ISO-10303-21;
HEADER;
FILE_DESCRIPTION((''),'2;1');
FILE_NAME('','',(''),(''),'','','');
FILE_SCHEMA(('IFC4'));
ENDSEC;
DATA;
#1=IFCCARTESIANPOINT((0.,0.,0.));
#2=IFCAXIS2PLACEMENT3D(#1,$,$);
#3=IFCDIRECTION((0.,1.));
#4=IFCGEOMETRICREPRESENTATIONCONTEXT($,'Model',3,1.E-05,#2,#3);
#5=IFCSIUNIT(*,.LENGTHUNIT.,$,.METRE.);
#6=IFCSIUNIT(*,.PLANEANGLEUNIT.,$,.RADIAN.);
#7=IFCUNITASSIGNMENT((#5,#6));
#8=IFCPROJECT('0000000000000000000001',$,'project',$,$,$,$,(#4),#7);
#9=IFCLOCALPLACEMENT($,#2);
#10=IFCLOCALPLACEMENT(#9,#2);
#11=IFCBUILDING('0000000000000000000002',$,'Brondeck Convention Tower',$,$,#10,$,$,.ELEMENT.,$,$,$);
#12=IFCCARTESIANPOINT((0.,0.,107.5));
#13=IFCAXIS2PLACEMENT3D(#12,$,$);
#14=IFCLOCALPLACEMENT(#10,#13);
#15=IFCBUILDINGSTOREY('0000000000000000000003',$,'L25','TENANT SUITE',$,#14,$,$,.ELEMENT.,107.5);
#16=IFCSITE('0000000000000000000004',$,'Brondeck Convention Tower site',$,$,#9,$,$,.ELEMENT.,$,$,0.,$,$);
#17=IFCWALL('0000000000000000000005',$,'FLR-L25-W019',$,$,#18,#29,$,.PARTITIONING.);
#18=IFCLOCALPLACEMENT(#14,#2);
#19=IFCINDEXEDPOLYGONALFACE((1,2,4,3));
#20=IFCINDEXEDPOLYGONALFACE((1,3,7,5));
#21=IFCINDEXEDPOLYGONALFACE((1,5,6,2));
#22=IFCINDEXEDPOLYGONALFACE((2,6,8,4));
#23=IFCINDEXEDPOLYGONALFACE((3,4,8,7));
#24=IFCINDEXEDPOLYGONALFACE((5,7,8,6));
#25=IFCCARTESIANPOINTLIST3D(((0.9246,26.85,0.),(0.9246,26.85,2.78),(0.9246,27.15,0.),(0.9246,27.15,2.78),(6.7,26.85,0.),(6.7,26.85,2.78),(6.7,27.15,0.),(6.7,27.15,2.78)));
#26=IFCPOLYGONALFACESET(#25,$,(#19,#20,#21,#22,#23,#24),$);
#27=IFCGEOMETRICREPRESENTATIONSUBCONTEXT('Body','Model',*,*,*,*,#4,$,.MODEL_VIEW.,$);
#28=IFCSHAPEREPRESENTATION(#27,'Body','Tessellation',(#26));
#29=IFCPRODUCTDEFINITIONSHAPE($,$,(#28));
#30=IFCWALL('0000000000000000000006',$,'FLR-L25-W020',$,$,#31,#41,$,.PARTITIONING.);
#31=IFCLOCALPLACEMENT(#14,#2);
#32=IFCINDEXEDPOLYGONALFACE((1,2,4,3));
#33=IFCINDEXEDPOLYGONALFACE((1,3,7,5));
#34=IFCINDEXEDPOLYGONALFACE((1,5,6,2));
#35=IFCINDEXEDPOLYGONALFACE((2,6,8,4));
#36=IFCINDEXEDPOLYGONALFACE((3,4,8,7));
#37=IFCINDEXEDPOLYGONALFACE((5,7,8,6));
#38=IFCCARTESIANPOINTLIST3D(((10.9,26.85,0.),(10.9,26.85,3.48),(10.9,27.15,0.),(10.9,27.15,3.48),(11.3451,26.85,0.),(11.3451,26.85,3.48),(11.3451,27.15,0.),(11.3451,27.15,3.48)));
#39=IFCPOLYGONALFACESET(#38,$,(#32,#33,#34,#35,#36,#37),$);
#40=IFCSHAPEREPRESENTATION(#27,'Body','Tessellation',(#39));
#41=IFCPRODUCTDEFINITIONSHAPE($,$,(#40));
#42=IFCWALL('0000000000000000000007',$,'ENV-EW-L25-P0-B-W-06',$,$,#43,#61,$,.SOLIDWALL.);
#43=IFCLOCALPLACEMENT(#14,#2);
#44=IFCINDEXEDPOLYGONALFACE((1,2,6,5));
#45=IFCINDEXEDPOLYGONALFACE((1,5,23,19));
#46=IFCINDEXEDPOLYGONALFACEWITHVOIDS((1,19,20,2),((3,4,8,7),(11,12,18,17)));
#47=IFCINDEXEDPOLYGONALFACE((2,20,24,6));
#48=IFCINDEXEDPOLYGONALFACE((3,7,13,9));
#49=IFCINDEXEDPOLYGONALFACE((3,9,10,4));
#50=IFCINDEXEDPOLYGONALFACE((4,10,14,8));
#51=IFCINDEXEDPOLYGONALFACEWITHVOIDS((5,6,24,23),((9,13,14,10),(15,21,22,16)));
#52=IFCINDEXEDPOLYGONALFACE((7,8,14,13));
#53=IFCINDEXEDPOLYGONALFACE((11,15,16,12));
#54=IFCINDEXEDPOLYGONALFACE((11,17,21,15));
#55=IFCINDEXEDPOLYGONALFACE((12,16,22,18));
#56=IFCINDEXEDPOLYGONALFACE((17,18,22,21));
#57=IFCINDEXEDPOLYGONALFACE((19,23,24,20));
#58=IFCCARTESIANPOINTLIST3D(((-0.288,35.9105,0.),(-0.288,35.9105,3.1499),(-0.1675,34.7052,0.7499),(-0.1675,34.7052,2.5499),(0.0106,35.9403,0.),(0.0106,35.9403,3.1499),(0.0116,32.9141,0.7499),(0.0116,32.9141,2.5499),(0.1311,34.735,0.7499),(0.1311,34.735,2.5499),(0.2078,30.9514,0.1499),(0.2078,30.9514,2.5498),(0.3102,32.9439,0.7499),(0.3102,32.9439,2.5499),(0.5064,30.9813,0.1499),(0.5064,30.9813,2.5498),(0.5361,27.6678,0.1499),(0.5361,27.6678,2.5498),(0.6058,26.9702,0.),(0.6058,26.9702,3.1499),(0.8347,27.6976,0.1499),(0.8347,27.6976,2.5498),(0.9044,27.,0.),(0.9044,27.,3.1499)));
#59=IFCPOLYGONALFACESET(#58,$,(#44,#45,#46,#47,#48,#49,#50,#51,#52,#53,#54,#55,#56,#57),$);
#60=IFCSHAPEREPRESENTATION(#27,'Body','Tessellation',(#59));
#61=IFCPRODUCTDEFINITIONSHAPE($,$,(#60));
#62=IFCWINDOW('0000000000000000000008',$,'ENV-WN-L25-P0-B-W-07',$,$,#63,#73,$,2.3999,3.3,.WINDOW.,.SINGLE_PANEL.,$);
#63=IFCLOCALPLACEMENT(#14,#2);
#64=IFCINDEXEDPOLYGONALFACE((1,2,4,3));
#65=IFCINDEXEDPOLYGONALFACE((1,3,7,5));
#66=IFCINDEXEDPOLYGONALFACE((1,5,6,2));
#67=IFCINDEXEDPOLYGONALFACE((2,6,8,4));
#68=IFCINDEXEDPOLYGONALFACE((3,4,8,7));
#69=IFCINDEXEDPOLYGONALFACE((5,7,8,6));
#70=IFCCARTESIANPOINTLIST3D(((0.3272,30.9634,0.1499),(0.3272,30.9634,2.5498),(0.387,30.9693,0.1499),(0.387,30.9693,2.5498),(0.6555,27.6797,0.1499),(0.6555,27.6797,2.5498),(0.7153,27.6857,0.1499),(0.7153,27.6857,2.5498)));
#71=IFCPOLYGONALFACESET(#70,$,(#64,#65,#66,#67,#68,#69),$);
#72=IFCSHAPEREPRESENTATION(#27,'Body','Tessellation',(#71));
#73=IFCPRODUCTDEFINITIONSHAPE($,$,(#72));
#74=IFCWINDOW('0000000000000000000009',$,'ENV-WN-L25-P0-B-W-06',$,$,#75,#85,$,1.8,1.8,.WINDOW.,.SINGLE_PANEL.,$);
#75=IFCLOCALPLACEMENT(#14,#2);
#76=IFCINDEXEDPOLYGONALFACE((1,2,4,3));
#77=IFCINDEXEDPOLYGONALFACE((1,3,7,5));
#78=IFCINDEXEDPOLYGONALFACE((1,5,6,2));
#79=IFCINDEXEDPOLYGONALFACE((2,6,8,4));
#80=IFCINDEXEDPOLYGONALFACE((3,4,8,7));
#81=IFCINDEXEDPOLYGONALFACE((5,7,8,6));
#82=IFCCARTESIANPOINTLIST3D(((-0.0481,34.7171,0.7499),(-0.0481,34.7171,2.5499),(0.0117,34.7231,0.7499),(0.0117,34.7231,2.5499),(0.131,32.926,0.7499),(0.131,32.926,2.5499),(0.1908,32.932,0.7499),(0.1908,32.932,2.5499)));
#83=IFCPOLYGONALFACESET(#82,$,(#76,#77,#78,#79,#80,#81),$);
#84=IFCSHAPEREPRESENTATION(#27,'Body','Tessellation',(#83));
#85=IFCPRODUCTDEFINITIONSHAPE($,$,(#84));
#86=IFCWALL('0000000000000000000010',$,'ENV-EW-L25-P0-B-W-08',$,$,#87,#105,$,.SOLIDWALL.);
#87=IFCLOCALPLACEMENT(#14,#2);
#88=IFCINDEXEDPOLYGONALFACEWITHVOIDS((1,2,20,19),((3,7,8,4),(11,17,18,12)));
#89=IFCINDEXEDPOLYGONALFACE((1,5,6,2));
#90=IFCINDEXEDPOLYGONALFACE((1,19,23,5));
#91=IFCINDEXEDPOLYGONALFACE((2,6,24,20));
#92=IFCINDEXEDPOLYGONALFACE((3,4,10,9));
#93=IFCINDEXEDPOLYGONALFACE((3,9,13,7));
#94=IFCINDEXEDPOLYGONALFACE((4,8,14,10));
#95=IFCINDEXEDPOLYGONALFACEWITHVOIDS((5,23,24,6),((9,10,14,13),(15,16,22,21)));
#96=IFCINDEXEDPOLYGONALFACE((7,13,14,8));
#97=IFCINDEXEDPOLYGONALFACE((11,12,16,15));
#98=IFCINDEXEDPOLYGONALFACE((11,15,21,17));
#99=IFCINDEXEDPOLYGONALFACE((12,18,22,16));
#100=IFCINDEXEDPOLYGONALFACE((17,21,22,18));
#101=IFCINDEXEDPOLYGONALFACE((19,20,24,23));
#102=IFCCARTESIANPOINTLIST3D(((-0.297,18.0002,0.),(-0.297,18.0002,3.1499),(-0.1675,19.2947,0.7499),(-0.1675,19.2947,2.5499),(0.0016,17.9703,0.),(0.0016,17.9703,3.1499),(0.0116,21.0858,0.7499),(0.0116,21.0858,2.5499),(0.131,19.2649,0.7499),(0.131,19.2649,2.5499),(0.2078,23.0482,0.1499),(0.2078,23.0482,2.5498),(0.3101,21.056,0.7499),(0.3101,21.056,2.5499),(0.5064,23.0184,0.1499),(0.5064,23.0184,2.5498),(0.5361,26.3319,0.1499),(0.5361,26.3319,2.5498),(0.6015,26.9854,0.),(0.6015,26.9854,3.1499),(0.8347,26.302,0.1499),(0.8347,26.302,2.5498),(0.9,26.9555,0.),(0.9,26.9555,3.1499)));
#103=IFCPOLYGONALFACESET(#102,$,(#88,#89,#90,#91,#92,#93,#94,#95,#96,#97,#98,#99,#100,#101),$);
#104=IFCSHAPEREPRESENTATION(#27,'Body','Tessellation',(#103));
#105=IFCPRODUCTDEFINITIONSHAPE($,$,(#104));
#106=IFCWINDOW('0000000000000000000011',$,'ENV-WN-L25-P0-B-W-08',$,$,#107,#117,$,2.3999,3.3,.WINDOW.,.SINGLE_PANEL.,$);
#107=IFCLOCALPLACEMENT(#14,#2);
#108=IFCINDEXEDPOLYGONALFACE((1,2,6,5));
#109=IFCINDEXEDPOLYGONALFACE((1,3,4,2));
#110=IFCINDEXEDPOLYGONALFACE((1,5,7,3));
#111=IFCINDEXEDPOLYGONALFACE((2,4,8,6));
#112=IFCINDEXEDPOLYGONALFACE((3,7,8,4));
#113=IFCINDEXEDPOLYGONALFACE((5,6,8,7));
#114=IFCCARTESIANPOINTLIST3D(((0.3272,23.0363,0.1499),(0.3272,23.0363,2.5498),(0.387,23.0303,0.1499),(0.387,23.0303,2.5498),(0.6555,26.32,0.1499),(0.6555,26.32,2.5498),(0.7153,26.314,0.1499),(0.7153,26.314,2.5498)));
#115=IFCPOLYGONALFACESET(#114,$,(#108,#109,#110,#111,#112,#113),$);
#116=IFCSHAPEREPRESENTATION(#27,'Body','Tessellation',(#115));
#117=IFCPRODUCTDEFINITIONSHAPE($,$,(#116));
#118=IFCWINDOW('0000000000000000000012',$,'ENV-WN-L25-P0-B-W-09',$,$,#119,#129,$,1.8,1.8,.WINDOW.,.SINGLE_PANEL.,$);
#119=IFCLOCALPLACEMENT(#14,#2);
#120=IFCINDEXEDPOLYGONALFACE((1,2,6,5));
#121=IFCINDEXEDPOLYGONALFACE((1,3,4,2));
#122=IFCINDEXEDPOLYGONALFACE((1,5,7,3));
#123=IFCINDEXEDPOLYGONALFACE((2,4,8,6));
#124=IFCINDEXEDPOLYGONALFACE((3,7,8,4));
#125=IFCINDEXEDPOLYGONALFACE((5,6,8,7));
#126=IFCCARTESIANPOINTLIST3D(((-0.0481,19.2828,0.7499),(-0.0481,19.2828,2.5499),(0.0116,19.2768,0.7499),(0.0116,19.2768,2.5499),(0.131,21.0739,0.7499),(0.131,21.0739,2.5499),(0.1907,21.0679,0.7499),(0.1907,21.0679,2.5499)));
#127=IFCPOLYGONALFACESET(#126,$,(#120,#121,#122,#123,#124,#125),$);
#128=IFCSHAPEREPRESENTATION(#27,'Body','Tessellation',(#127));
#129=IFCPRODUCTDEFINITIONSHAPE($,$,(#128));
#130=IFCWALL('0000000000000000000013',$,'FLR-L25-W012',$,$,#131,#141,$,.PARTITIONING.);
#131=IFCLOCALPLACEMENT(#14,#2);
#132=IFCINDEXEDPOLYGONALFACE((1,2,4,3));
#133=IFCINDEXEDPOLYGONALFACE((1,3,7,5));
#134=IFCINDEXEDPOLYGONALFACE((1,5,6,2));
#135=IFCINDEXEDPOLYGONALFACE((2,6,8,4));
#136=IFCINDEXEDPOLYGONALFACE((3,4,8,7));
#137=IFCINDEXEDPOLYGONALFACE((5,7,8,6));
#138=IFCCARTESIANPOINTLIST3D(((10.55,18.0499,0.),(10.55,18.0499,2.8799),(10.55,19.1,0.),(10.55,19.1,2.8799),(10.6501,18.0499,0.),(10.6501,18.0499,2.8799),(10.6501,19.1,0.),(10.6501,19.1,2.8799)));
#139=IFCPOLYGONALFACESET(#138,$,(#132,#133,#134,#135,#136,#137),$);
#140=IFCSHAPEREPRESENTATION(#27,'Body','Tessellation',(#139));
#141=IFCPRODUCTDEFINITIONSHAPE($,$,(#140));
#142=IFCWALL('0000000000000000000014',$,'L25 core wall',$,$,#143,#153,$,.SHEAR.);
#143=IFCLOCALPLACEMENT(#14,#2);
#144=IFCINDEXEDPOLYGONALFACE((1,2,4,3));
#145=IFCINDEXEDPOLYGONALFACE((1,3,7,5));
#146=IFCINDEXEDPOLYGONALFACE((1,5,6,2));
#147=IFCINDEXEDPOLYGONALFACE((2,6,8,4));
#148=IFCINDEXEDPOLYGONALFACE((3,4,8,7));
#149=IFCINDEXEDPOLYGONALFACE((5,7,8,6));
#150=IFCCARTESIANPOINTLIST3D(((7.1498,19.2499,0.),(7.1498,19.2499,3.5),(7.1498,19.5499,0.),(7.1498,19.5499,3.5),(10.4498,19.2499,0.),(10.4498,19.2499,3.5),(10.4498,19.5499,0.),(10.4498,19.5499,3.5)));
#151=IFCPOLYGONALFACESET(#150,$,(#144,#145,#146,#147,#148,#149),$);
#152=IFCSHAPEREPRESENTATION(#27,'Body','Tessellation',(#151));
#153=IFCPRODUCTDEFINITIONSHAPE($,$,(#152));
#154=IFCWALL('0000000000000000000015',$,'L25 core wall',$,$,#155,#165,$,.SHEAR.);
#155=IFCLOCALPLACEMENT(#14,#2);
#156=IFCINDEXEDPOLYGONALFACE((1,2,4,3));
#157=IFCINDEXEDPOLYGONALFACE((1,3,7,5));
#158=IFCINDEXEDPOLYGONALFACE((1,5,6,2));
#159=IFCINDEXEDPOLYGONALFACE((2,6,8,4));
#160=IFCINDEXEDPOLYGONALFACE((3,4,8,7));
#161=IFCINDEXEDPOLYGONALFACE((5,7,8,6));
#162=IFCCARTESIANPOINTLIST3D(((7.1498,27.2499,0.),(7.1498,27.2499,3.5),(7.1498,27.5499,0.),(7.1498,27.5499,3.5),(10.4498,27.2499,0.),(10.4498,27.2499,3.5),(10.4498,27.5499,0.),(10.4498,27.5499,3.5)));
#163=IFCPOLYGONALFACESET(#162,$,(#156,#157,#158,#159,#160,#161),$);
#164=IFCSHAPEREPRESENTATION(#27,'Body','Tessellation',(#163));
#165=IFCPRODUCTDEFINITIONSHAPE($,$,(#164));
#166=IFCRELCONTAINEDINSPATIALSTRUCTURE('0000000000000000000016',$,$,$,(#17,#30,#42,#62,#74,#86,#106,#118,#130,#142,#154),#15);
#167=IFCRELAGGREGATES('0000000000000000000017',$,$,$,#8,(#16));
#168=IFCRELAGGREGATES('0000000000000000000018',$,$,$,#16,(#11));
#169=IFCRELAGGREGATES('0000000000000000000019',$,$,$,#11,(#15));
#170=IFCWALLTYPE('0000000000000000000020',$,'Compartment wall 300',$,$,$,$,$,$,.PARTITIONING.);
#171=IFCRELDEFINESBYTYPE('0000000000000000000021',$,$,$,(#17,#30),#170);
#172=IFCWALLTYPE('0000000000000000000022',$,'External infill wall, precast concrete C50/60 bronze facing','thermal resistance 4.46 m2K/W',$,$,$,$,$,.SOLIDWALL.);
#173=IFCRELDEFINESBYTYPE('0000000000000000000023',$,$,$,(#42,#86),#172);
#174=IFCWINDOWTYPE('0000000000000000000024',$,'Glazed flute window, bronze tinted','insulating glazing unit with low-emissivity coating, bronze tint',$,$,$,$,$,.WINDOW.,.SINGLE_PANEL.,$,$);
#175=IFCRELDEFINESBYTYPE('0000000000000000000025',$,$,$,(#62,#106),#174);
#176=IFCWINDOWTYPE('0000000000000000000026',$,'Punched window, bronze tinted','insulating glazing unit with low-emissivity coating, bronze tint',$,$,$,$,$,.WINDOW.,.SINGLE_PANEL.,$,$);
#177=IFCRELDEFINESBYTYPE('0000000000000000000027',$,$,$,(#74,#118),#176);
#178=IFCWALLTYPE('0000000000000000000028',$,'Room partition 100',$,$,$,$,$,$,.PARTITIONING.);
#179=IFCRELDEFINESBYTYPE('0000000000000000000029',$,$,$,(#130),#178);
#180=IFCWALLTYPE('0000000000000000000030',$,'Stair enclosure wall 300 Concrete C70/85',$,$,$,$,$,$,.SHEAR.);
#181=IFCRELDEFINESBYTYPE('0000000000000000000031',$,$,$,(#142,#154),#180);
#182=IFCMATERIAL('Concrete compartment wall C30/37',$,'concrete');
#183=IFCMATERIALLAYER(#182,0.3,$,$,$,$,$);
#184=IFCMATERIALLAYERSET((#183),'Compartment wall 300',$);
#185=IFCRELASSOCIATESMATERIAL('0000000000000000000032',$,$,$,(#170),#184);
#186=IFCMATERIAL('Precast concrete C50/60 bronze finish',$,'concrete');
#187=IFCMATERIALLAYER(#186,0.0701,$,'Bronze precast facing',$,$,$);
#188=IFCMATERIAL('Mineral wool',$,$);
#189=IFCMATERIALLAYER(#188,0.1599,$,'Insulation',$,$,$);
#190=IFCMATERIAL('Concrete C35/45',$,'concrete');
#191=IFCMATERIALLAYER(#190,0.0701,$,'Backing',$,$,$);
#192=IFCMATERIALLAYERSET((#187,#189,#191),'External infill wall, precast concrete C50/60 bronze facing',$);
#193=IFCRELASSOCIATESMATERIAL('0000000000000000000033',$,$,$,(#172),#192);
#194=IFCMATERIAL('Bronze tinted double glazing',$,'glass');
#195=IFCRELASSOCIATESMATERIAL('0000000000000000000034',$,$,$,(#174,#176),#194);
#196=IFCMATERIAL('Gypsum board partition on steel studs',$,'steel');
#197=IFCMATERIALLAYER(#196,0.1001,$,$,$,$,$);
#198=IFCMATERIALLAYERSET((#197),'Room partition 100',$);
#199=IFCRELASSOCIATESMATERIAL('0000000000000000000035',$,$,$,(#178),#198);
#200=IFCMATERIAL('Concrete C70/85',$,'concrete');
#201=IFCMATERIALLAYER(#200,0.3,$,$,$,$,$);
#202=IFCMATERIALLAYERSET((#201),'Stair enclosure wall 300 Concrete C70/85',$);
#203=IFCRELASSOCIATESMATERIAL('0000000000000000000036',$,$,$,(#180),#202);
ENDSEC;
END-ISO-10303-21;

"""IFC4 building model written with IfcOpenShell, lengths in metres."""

from ifc_helpers import new_model, si_unit, direction, frame, frame_2d, origin, place, context, subcontext, project, spatial, rectangle, extrude, material, layer, layer_set, type_object, element, fill, save


model = new_model("IFC4")

# Units and contexts
model_context = context("Model", 3, precision=1e-05, world=origin(), true_north=direction((0.0, 1.0)))
body_context = subcontext(model_context, "Body", "Model", "MODEL_VIEW")
ifc_project = project(units=[si_unit("LENGTHUNIT", "METRE"), si_unit("PLANEANGLEUNIT", "RADIAN")], contexts=[model_context])

# Site, building, storey
site_placement = place(None, origin())
site = spatial("IfcSite", under=ifc_project, at=site_placement, Name="Brondeck Convention Tower site", CompositionType="ELEMENT", RefElevation=0.0)
building_placement = place(site_placement, origin())
building = spatial("IfcBuilding", under=site, at=building_placement, Name="Brondeck Convention Tower", CompositionType="ELEMENT")
storey_placement = place(building_placement, frame((0.0, 0.0, 107.5)))
storey = spatial("IfcBuildingStorey", under=building, at=storey_placement, Name="L25", Description="TENANT SUITE", CompositionType="ELEMENT", Elevation=107.5)

# Shared definitions
ifc_material_1 = material(Name="Concrete C70/85", Category="concrete")

# Walls
ifc_material_2 = material(Name="Concrete compartment wall C30/37", Category="concrete")
ifc_layer_1 = layer(ifc_material_2, 0.3)
ifc_layer_set_1 = layer_set([ifc_layer_1], Name="Compartment wall 300")
wall_type_1 = type_object("IfcWallType", Name="Compartment wall 300", PredefinedType="PARTITIONING", material=ifc_layer_set_1)
wall_1_placement = place(storey_placement, frame((0.9246, 27.0, 0.0), z_axis=(0.0, 0.0, 1.0), x_axis=(1.0, 0.0, 0.0)))
element("IfcWall", 1, at=wall_1_placement, inside=storey, type_object=wall_type_1, Name="FLR-L25-W019", PredefinedType="PARTITIONING", context=body_context, shape_type="SweptSolid", body=[
    extrude(rectangle(XDim=5.7754, YDim=0.3, at=frame_2d((2.8877, 0.0))), origin(), (0.0, 0.0, 1.0), 2.78),
])
wall_2_placement = place(storey_placement, frame((10.8999, 27.0, 0.0), z_axis=(0.0, 0.0, 1.0), x_axis=(1.0, 0.0, 0.0)))
element("IfcWall", 2, at=wall_2_placement, inside=storey, type_object=wall_type_1, Name="FLR-L25-W020", PredefinedType="PARTITIONING", context=body_context, shape_type="SweptSolid", body=[
    extrude(rectangle(XDim=0.4451, YDim=0.3, at=frame_2d((0.2227, 0.0))), origin(), (0.0, 0.0, 1.0), 3.48),
])

# Walls, openings, windows
ifc_material_3 = material(Name="Precast concrete C50/60 bronze finish", Category="concrete")
ifc_layer_2 = layer(ifc_material_3, 0.0701, Name="Bronze precast facing")
ifc_material_4 = material(Name="Mineral wool")
ifc_layer_3 = layer(ifc_material_4, 0.1599, Name="Insulation")
ifc_material_5 = material(Name="Concrete C35/45", Category="concrete")
ifc_layer_4 = layer(ifc_material_5, 0.0701, Name="Backing")
ifc_layer_set_2 = layer_set([ifc_layer_2, ifc_layer_3, ifc_layer_4], Name="External infill wall, precast concrete C50/60 bronze facing")
wall_type_2 = type_object("IfcWallType", Name="External infill wall, precast concrete C50/60 bronze facing", Description="thermal resistance 4.46 m2K/W", PredefinedType="SOLIDWALL", material=ifc_layer_set_2)
wall_3_placement = place(storey_placement, frame((0.7551, 26.9851, 0.0), z_axis=(0.0, 0.0, 1.0), x_axis=(-0.09948, 0.99504, 0.0)))
wall_3 = element("IfcWall", 3, at=wall_3_placement, inside=storey, type_object=wall_type_2, Name="ENV-EW-L25-P0-B-W-06", PredefinedType="SOLIDWALL", context=body_context, shape_type="SweptSolid", body=[
    extrude(rectangle(XDim=8.9849, YDim=0.3, at=frame_2d((4.4924, 0.0))), origin(), (0.0, 0.0, 1.0), 3.1499),
])
opening_1_placement = place(wall_3_placement, frame((0.7012, 0.0, 0.1499)))
opening_1 = element("IfcOpeningElement", 4, at=opening_1_placement, cuts=wall_3, PredefinedType="OPENING", context=body_context, shape_type="SweptSolid", body=[
    extrude(rectangle(XDim=3.3, YDim=2.3999, at=frame_2d((1.6499, 1.2))), frame((0.0, 0.1599, 0.0), z_axis=(0.0, -1.0, 0.0), x_axis=(1.0, 0.0, 0.0)), (0.0, 0.0, 1.0), 0.3201),
])
opening_2_placement = place(wall_3_placement, frame((5.9736, 0.0, 0.75)))
opening_2 = element("IfcOpeningElement", 5, at=opening_2_placement, cuts=wall_3, PredefinedType="OPENING", context=body_context, shape_type="SweptSolid", body=[
    extrude(rectangle(XDim=1.8, YDim=1.8, at=frame_2d((0.8999, 0.8999))), frame((0.0, 0.1599, 0.0), z_axis=(0.0, -1.0, 0.0), x_axis=(1.0, 0.0, 0.0)), (0.0, 0.0, 1.0), 0.3201),
])
ifc_material_6 = material(Name="Bronze tinted double glazing", Category="glass")
window_type_1 = type_object("IfcWindowType", Name="Glazed flute window, bronze tinted", Description="insulating glazing unit with low-emissivity coating, bronze tint", PartitioningType="SINGLE_PANEL", PredefinedType="WINDOW", material=ifc_material_6)
window_1_placement = place(opening_1_placement, origin())
window_1 = element("IfcWindow", 6, at=window_1_placement, inside=storey, type_object=window_type_1, Name="ENV-WN-L25-P0-B-W-07", OverallHeight=2.3999, OverallWidth=3.3, PartitioningType="SINGLE_PANEL", PredefinedType="WINDOW", context=body_context, shape_type="SweptSolid", body=[
    extrude(rectangle(XDim=3.3, YDim=2.3999, at=frame_2d((1.6499, 1.2))), frame((0.0, 0.03, 0.0), z_axis=(0.0, -1.0, 0.0), x_axis=(1.0, 0.0, 0.0)), (0.0, 0.0, 1.0), 0.0601),
])
fill(opening_1, window_1)
window_type_2 = type_object("IfcWindowType", Name="Punched window, bronze tinted", Description="insulating glazing unit with low-emissivity coating, bronze tint", PartitioningType="SINGLE_PANEL", PredefinedType="WINDOW", material=ifc_material_6)
window_2_placement = place(opening_2_placement, origin())
window_2 = element("IfcWindow", 7, at=window_2_placement, inside=storey, type_object=window_type_2, Name="ENV-WN-L25-P0-B-W-06", OverallHeight=1.8, OverallWidth=1.8, PartitioningType="SINGLE_PANEL", PredefinedType="WINDOW", context=body_context, shape_type="SweptSolid", body=[
    extrude(rectangle(XDim=1.8, YDim=1.8, at=frame_2d((0.8999, 0.8999))), frame((0.0, 0.03, 0.0), z_axis=(0.0, -1.0, 0.0), x_axis=(1.0, 0.0, 0.0)), (0.0, 0.0, 1.0), 0.0601),
])
fill(opening_2, window_2)
wall_4_placement = place(storey_placement, frame((-0.1477, 17.9851, 0.0), z_axis=(0.0, 0.0, 1.0), x_axis=(0.099496, 0.995038, 0.0)))
wall_4 = element("IfcWall", 8, at=wall_4_placement, inside=storey, type_object=wall_type_2, Name="ENV-EW-L25-P0-B-W-08", PredefinedType="SOLIDWALL", context=body_context, shape_type="SweptSolid", body=[
    extrude(rectangle(XDim=9.03, YDim=0.3, at=frame_2d((4.5151, 0.0))), origin(), (0.0, 0.0, 1.0), 3.1499),
])
opening_3_placement = place(wall_4_placement, frame((1.3013, 0.0, 0.75)))
opening_3 = element("IfcOpeningElement", 9, at=opening_3_placement, cuts=wall_4, PredefinedType="OPENING", context=body_context, shape_type="SweptSolid", body=[
    extrude(rectangle(XDim=1.8, YDim=1.8, at=frame_2d((0.8999, 0.8999))), frame((0.0, 0.1599, 0.0), z_axis=(0.0, -1.0, 0.0), x_axis=(1.0, 0.0, 0.0)), (0.0, 0.0, 1.0), 0.3201),
])
opening_4_placement = place(wall_4_placement, frame((5.0735, 0.0, 0.1499)))
opening_4 = element("IfcOpeningElement", 10, at=opening_4_placement, cuts=wall_4, PredefinedType="OPENING", context=body_context, shape_type="SweptSolid", body=[
    extrude(rectangle(XDim=3.3, YDim=2.3999, at=frame_2d((1.6499, 1.2))), frame((0.0, 0.1599, 0.0), z_axis=(0.0, -1.0, 0.0), x_axis=(1.0, 0.0, 0.0)), (0.0, 0.0, 1.0), 0.3201),
])
window_3_placement = place(opening_4_placement, origin())
window_3 = element("IfcWindow", 11, at=window_3_placement, inside=storey, type_object=window_type_1, Name="ENV-WN-L25-P0-B-W-08", OverallHeight=2.3999, OverallWidth=3.3, PartitioningType="SINGLE_PANEL", PredefinedType="WINDOW", context=body_context, shape_type="SweptSolid", body=[
    extrude(rectangle(XDim=3.3, YDim=2.3999, at=frame_2d((1.6499, 1.2))), frame((0.0, 0.03, 0.0), z_axis=(0.0, -1.0, 0.0), x_axis=(1.0, 0.0, 0.0)), (0.0, 0.0, 1.0), 0.0601),
])
fill(opening_4, window_3)
window_4_placement = place(opening_3_placement, origin())
window_4 = element("IfcWindow", 12, at=window_4_placement, inside=storey, type_object=window_type_2, Name="ENV-WN-L25-P0-B-W-09", OverallHeight=1.8, OverallWidth=1.8, PartitioningType="SINGLE_PANEL", PredefinedType="WINDOW", context=body_context, shape_type="SweptSolid", body=[
    extrude(rectangle(XDim=1.8, YDim=1.8, at=frame_2d((0.8999, 0.8999))), frame((0.0, 0.03, 0.0), z_axis=(0.0, -1.0, 0.0), x_axis=(1.0, 0.0, 0.0)), (0.0, 0.0, 1.0), 0.0601),
])
fill(opening_3, window_4)

# Walls
ifc_material_7 = material(Name="Gypsum board partition on steel studs", Category="steel")
ifc_layer_5 = layer(ifc_material_7, 0.1001)
ifc_layer_set_3 = layer_set([ifc_layer_5], Name="Room partition 100")
wall_type_3 = type_object("IfcWallType", Name="Room partition 100", PredefinedType="PARTITIONING", material=ifc_layer_set_3)
wall_5_placement = place(storey_placement, frame((10.6001, 18.05, 0.0), z_axis=(0.0, 0.0, 1.0), x_axis=(0.0, 1.0, 0.0)))
element("IfcWall", 13, at=wall_5_placement, inside=storey, type_object=wall_type_3, Name="FLR-L25-W012", PredefinedType="PARTITIONING", context=body_context, shape_type="SweptSolid", body=[
    extrude(rectangle(XDim=1.05, YDim=0.1001, at=frame_2d((0.5249, 0.0))), origin(), (0.0, 0.0, 1.0), 2.8799),
])
ifc_layer_6 = layer(ifc_material_1, 0.3)
ifc_layer_set_4 = layer_set([ifc_layer_6], Name="Stair enclosure wall 300 Concrete C70/85")
wall_type_4 = type_object("IfcWallType", Name="Stair enclosure wall 300 Concrete C70/85", PredefinedType="SHEAR", material=ifc_layer_set_4)
for number, where, z_axis, x_axis, name in (
    (14, (7.1499, 19.3999, 0.0), (0.0, 0.0, 1.0), (1.0, 0.0, 0.0), "L25 core wall"),
    (15, (7.1499, 27.3999, 0.0), (0.0, 0.0, 1.0), (1.0, 0.0, 0.0), "L25 core wall"),
):
    element("IfcWall", number, at=place(storey_placement, frame(where, z_axis=z_axis, x_axis=x_axis)), inside=storey, type_object=wall_type_4, Name=name, PredefinedType="SHEAR", context=body_context, shape_type="SweptSolid", body=[
        extrude(rectangle(XDim=3.3, YDim=0.3, at=frame_2d((1.6499, 0.0))), origin(), (0.0, 0.0, 1.0), 3.5),
    ])

save(model, "model.ifc")
